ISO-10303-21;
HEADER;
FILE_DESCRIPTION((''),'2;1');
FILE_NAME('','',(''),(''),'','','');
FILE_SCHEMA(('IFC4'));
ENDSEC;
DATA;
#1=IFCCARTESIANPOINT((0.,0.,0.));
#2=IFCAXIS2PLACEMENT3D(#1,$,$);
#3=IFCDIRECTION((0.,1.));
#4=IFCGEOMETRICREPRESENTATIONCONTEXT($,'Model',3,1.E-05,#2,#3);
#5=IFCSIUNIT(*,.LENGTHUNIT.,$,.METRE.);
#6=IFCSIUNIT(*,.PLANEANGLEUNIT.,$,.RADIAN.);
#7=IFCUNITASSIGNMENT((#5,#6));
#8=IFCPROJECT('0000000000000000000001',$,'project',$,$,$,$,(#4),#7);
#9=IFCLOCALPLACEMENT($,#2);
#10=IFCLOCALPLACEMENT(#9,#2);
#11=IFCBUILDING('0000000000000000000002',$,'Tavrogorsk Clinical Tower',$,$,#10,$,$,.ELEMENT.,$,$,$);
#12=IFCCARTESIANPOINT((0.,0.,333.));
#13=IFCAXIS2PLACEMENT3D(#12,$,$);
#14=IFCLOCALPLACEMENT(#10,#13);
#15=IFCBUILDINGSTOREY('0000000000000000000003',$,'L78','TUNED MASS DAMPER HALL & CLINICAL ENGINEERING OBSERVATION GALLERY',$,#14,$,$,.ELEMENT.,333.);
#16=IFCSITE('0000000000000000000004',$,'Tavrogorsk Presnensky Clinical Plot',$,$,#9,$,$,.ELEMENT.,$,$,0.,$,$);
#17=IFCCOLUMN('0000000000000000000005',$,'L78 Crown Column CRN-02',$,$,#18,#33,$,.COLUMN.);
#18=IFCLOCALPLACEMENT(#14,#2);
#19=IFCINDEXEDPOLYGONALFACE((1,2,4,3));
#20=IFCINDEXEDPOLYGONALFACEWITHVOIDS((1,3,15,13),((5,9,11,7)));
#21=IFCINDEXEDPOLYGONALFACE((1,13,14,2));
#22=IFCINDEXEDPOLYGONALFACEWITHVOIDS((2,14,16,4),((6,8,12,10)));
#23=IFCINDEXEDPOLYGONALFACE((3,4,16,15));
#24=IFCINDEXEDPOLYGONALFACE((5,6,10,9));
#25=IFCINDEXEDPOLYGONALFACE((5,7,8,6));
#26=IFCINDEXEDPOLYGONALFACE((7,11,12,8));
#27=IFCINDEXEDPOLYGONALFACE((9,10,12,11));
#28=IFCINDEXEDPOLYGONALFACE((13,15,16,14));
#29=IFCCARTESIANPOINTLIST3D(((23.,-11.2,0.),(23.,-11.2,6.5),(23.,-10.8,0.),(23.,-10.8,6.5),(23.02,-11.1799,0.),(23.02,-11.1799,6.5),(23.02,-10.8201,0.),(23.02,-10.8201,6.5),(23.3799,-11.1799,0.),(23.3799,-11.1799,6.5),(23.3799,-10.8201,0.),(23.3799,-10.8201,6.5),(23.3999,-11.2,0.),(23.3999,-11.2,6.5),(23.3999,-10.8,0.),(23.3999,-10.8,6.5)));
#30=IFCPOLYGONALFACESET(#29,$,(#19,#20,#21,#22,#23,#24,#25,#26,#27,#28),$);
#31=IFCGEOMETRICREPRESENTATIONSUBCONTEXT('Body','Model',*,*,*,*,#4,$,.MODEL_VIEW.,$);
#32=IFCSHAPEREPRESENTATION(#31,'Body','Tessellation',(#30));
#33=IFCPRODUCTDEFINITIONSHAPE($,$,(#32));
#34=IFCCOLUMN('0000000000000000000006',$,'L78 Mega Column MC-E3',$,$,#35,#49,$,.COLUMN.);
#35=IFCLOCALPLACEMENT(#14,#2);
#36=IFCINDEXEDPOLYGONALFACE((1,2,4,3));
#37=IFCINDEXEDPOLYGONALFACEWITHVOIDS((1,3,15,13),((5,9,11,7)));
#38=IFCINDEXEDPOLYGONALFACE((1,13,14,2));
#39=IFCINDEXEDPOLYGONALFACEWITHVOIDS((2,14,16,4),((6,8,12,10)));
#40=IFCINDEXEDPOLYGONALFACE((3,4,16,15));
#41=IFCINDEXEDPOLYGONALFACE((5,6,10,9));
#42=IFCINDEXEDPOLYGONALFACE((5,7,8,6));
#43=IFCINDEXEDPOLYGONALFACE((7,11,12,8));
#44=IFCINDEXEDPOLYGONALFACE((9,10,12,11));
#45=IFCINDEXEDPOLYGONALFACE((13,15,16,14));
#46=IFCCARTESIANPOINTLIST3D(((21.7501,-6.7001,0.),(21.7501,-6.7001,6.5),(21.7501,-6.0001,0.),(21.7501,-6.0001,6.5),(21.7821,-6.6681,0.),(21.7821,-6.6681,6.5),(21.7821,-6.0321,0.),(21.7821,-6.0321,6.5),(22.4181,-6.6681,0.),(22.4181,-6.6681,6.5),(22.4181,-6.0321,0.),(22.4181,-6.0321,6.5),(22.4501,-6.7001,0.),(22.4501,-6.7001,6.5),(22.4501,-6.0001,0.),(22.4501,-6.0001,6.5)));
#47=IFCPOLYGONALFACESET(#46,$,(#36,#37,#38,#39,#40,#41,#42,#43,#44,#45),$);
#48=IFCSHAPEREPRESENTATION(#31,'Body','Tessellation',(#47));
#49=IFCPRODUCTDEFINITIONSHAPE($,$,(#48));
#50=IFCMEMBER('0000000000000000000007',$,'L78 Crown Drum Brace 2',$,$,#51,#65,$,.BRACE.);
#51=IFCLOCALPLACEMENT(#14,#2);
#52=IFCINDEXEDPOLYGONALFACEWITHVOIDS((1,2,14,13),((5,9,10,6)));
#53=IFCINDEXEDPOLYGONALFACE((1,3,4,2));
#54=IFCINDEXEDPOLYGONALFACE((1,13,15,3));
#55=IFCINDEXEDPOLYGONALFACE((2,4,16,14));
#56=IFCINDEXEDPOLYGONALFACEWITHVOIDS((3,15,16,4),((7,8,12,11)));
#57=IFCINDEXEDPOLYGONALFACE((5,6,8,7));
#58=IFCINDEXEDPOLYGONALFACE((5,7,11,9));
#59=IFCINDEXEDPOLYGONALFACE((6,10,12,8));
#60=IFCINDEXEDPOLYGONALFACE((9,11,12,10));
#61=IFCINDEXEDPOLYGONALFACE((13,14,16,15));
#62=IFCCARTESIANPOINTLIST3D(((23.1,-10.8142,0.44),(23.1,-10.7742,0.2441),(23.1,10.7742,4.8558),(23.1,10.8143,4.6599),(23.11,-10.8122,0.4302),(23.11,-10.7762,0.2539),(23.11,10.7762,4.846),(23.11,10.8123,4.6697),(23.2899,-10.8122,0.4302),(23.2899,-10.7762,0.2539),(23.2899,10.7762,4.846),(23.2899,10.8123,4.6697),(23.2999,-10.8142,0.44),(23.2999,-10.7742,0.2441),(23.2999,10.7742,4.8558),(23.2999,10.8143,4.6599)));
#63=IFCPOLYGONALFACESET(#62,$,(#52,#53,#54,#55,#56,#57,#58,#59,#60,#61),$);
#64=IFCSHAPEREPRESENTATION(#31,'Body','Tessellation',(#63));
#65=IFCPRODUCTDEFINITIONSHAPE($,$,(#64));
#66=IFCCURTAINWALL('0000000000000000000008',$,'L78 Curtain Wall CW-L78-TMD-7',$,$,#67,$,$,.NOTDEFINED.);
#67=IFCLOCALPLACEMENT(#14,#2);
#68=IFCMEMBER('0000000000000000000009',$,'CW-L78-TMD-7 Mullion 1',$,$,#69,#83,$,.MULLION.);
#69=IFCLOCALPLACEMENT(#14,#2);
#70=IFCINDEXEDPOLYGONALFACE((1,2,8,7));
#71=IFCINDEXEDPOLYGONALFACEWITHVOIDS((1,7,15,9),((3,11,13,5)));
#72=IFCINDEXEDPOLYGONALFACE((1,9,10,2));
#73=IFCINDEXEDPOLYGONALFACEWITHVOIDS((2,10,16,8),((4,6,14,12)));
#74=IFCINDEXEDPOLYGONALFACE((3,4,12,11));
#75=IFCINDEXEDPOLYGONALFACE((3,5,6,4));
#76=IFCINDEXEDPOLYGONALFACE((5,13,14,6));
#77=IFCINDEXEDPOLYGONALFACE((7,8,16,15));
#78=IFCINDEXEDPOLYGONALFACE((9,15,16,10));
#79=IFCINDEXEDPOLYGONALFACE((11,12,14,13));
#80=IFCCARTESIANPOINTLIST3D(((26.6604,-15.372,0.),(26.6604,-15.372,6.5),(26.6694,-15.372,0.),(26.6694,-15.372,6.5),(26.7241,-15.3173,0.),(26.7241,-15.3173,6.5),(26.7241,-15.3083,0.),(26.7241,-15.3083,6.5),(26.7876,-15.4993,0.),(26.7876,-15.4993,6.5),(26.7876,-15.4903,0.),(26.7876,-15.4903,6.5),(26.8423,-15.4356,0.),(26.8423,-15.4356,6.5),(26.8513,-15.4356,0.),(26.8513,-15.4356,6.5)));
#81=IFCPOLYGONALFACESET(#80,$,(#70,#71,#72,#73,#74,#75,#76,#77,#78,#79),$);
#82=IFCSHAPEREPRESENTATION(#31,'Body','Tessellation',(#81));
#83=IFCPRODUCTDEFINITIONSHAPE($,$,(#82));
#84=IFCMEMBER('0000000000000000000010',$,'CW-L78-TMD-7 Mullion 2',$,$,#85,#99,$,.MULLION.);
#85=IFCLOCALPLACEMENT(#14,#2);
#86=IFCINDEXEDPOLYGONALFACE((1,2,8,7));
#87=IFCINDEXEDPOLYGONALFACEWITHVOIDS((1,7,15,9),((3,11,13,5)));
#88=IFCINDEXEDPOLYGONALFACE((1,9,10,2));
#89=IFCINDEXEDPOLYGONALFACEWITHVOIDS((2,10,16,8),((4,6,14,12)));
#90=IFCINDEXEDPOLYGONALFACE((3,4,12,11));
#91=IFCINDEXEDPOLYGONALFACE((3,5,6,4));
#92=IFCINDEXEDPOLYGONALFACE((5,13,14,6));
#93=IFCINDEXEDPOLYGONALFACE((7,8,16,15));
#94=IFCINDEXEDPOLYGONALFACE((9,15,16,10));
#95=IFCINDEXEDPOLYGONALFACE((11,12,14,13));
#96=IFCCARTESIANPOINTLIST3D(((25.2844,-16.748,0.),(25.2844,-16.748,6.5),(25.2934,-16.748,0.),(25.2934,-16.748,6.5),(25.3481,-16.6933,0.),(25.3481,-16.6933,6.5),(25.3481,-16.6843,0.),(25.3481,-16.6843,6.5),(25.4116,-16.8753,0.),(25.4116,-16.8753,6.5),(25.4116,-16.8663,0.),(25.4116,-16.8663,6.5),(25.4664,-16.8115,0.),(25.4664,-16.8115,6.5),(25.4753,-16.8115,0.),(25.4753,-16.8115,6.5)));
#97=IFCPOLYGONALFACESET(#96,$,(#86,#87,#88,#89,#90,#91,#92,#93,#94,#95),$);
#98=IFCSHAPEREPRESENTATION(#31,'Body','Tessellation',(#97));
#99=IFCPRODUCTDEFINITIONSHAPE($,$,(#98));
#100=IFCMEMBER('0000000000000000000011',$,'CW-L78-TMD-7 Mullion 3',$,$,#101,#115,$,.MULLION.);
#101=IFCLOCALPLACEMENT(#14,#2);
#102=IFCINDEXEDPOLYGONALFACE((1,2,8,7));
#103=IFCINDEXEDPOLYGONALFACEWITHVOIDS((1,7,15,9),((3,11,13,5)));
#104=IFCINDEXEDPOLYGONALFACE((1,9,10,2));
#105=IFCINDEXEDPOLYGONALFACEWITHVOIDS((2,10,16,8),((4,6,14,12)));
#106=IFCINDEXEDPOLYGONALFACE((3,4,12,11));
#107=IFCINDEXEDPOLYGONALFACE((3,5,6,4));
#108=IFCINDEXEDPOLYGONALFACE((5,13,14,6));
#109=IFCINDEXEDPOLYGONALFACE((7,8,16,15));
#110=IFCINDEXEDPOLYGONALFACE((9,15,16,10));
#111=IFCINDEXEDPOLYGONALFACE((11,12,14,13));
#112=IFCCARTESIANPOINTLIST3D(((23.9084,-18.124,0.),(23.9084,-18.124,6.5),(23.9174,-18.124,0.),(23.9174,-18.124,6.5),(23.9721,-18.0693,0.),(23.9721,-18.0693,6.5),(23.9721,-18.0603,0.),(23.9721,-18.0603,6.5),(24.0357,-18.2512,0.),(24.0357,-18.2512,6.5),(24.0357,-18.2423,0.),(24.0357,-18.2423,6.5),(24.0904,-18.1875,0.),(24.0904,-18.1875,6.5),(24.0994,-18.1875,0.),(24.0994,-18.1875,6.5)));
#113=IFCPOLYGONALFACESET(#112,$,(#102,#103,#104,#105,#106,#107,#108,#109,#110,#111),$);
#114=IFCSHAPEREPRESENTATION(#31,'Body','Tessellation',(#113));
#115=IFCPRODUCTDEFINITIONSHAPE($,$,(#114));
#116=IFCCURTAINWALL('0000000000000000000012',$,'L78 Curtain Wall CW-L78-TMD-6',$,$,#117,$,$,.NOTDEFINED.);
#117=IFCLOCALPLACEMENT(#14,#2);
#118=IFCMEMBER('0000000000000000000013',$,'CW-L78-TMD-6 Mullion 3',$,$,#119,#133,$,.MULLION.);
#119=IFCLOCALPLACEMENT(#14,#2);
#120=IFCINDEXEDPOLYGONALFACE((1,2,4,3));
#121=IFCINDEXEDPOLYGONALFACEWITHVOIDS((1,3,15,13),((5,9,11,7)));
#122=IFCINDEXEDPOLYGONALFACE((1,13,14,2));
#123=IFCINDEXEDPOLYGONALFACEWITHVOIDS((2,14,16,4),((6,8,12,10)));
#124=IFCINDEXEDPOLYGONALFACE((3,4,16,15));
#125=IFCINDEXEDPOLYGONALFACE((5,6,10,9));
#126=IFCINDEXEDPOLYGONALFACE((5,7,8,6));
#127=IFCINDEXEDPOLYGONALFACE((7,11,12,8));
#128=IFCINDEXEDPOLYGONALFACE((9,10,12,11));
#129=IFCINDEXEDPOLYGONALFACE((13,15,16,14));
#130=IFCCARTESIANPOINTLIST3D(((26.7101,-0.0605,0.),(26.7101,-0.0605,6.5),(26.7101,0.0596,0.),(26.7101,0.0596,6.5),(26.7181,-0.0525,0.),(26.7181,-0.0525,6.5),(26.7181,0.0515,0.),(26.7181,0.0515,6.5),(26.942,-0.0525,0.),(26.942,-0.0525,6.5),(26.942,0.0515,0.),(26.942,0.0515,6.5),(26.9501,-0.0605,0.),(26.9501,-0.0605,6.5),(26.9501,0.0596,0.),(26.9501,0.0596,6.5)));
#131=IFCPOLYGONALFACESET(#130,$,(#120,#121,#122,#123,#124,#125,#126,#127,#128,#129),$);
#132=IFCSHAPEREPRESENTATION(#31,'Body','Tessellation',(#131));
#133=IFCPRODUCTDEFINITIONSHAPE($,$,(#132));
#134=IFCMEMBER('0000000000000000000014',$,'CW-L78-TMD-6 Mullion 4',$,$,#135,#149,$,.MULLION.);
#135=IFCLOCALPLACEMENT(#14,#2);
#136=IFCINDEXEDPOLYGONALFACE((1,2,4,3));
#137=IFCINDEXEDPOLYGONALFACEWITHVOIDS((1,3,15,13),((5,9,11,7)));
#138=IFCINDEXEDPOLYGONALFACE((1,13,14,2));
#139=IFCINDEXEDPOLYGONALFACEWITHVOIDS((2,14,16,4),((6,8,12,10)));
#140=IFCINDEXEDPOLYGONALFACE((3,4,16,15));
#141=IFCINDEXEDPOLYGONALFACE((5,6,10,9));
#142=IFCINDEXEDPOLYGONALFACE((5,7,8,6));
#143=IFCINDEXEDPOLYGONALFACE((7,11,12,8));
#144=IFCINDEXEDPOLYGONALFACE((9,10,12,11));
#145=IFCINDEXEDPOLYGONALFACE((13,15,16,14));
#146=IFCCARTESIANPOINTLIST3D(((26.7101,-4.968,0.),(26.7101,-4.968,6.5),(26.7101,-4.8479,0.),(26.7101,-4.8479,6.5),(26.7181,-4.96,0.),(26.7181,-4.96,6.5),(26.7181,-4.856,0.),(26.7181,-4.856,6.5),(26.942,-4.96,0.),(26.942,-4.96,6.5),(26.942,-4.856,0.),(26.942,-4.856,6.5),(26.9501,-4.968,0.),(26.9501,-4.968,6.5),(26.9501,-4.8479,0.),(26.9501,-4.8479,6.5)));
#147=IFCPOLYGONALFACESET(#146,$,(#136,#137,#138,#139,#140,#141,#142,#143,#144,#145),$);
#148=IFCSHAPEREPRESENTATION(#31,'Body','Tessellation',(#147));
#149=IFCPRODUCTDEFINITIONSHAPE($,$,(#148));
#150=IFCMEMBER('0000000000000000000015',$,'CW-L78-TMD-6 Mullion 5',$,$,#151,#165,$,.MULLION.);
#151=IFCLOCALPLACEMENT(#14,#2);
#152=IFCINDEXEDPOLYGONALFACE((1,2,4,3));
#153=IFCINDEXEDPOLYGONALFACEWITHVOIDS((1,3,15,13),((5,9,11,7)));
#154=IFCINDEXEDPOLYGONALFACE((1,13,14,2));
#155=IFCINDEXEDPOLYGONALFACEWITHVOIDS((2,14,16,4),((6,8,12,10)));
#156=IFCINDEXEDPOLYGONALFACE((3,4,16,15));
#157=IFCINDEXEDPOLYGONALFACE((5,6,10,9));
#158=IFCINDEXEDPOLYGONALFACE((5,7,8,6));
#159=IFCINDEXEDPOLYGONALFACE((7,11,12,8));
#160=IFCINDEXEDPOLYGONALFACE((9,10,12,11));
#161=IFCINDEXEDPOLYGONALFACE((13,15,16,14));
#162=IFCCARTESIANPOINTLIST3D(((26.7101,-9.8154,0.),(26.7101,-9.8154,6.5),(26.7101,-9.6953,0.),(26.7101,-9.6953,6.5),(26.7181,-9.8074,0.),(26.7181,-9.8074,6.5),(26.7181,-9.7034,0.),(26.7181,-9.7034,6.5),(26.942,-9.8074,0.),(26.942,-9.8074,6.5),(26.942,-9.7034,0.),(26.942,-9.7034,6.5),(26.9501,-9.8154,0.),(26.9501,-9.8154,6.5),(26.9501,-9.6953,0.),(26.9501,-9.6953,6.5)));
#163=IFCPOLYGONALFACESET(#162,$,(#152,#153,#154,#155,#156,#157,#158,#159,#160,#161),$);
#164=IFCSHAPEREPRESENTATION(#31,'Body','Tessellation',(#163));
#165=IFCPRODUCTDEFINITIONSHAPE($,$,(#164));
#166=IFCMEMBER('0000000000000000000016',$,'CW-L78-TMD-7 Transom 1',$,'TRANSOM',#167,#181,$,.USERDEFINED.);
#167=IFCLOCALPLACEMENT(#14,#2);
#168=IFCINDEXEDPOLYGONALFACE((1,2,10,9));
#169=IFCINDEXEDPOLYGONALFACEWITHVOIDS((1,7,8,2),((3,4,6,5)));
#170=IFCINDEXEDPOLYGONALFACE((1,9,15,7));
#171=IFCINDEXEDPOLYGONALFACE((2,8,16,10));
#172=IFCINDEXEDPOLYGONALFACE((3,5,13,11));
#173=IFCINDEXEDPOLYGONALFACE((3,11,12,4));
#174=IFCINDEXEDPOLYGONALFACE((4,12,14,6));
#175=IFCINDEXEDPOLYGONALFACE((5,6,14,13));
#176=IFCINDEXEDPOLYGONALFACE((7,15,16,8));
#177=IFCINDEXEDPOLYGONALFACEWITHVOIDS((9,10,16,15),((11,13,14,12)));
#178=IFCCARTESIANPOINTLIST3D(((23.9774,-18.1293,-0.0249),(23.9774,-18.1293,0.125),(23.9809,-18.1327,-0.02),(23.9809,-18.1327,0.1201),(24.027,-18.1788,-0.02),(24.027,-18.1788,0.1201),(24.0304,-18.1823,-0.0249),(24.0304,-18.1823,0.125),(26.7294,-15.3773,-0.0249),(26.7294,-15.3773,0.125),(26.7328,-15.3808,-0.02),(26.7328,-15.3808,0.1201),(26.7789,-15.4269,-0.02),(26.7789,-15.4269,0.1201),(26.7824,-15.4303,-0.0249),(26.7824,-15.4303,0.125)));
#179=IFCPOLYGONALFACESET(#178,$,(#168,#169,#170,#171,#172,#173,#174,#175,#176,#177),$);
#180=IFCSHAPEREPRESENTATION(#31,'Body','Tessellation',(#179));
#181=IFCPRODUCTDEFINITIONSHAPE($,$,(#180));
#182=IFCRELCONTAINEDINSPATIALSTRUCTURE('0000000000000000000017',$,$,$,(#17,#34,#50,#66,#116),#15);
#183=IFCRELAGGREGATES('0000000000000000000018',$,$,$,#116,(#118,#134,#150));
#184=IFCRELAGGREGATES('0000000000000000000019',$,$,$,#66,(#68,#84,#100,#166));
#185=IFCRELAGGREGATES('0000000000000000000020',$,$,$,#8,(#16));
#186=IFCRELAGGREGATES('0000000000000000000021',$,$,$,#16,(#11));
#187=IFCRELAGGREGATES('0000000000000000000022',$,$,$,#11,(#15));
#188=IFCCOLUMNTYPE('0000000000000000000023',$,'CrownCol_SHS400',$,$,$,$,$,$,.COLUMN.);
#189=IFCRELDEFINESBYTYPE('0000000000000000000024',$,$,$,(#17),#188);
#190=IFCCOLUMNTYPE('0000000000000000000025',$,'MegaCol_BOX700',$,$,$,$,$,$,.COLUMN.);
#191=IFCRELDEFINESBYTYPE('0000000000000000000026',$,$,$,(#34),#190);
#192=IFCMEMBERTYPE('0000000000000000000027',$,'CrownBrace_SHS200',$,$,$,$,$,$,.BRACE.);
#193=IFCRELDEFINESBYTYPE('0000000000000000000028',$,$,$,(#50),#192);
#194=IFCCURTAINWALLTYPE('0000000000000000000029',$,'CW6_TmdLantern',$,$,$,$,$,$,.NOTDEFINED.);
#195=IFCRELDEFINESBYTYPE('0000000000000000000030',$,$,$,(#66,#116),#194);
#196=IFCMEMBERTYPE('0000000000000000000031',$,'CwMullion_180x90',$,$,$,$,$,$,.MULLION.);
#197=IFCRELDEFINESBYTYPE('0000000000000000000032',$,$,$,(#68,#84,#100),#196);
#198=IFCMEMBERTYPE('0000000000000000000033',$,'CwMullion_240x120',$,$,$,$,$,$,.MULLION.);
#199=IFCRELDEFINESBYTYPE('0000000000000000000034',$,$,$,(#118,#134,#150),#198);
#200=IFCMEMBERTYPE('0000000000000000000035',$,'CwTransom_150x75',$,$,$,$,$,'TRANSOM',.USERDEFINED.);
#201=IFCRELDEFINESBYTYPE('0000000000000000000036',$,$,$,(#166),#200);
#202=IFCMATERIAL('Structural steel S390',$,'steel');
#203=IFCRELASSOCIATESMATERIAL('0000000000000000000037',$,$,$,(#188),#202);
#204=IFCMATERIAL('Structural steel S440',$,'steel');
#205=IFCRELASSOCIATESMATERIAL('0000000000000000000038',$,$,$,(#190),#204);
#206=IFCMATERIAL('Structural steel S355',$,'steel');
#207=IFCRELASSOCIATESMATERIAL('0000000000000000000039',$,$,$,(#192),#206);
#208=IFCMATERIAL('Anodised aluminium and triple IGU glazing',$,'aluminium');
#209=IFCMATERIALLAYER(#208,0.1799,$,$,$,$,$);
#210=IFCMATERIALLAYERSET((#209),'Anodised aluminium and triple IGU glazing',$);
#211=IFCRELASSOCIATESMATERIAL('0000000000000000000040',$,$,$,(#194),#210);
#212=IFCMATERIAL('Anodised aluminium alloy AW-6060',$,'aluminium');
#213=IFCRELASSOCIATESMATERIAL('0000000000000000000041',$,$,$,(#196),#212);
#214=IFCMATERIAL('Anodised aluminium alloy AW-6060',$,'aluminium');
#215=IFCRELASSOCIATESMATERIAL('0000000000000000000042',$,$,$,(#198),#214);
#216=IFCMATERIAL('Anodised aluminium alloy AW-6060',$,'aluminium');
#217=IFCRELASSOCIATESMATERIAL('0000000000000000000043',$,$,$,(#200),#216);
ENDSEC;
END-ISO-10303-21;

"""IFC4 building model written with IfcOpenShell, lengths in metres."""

from ifc_helpers import new_model, si_unit, direction, frame, origin, origin_2d, place, context, subcontext, project, spatial, hollow_rectangle, extrude, material, layer, layer_set, material_profile, profile_set, type_object, element, aggregate, save


model = new_model("IFC4")

# Units and contexts
model_context = context("Model", 3, precision=1e-05, world=origin(), true_north=direction((0.0, 1.0)))
body_context = subcontext(model_context, "Body", "Model", "MODEL_VIEW")
ifc_project = project(units=[si_unit("LENGTHUNIT", "METRE"), si_unit("PLANEANGLEUNIT", "RADIAN")], contexts=[model_context])

# Site, building, storey
site_placement = place(None, origin())
site = spatial("IfcSite", under=ifc_project, at=site_placement, Name="Tavrogorsk Presnensky Clinical Plot", CompositionType="ELEMENT", RefElevation=0.0)
building_placement = place(site_placement, origin())
building = spatial("IfcBuilding", under=site, at=building_placement, Name="Tavrogorsk Clinical Tower", CompositionType="ELEMENT")
storey_placement = place(building_placement, frame((0.0, 0.0, 333.0)))
storey = spatial("IfcBuildingStorey", under=building, at=storey_placement, Name="L78", Description="TUNED MASS DAMPER HALL & CLINICAL ENGINEERING OBSERVATION GALLERY", CompositionType="ELEMENT", Elevation=333.0)

# Columns
ifc_material_1 = material(Name="Structural steel S390", Category="steel")
ifc_material_profile_1 = material_profile(ifc_material_1, hollow_rectangle(XDim=0.3999, YDim=0.3999, WallThickness=0.02, at=origin_2d()), Name="SHS-400x400x20")
ifc_profile_set_1 = profile_set([ifc_material_profile_1], Name="Structural steel S390")
column_type_1 = type_object("IfcColumnType", Name="CrownCol_SHS400", PredefinedType="COLUMN", material=ifc_profile_set_1)
column_1_placement = place(storey_placement, frame((23.2, -11.0, 0.0), z_axis=(0.0, 0.0, 1.0), x_axis=(1.0, 0.0, 0.0)))
element("IfcColumn", 1, at=column_1_placement, inside=storey, type_object=column_type_1, Name="L78 Crown Column CRN-02", PredefinedType="COLUMN", context=body_context, shape_type="SweptSolid", body=[
    extrude(hollow_rectangle(XDim=0.3999, YDim=0.3999, WallThickness=0.02, at=origin_2d()), origin(), (0.0, 0.0, 1.0), 6.5),
])
ifc_material_2 = material(Name="Structural steel S440", Category="steel")
ifc_material_profile_2 = material_profile(ifc_material_2, hollow_rectangle(XDim=0.7, YDim=0.7, WallThickness=0.032, at=origin_2d()), Name="BOX-700x700x32")
ifc_profile_set_2 = profile_set([ifc_material_profile_2], Name="Structural steel S440")
column_type_2 = type_object("IfcColumnType", Name="MegaCol_BOX700", PredefinedType="COLUMN", material=ifc_profile_set_2)
column_2_placement = place(storey_placement, frame((22.1001, -6.3501, 0.0), z_axis=(0.0, 0.0, 1.0), x_axis=(1.0, 0.0, 0.0)))
element("IfcColumn", 2, at=column_2_placement, inside=storey, type_object=column_type_2, Name="L78 Mega Column MC-E3", PredefinedType="COLUMN", context=body_context, shape_type="SweptSolid", body=[
    extrude(hollow_rectangle(XDim=0.7, YDim=0.7, WallThickness=0.032, at=origin_2d()), origin(), (0.0, 0.0, 1.0), 6.5),
])

# Member
ifc_material_3 = material(Name="Structural steel S355", Category="steel")
ifc_material_profile_3 = material_profile(ifc_material_3, hollow_rectangle(XDim=0.2, YDim=0.2, WallThickness=0.01, at=origin_2d()), Name="SHS-200x200x10")
ifc_profile_set_3 = profile_set([ifc_material_profile_3], Name="Structural steel S355")
member_type_1 = type_object("IfcMemberType", Name="CrownBrace_SHS200", PredefinedType="BRACE", material=ifc_profile_set_3)
member_1_placement = place(storey_placement, frame((23.2, -10.7942, 0.342), z_axis=(0.0, 0.979715, 0.200395), x_axis=(-1.0, 0.0, 0.0)))
element("IfcMember", 3, at=member_1_placement, inside=storey, type_object=member_type_1, Name="L78 Crown Drum Brace 2", PredefinedType="BRACE", context=body_context, shape_type="SweptSolid", body=[
    extrude(hollow_rectangle(XDim=0.2, YDim=0.2, WallThickness=0.01, at=origin_2d()), origin(), (0.0, 0.0, 1.0), 22.0354),
])

# Curtain walls, members
ifc_material_4 = material(Name="Anodised aluminium and triple IGU glazing", Category="aluminium")
ifc_layer_1 = layer(ifc_material_4, 0.1799)
ifc_layer_set_1 = layer_set([ifc_layer_1], Name="Anodised aluminium and triple IGU glazing")
curtain_wall_type = type_object("IfcCurtainWallType", Name="CW6_TmdLantern", PredefinedType="NOTDEFINED", material=ifc_layer_set_1)
curtain_wall_1_placement = place(storey_placement, origin())
curtain_wall_1 = element("IfcCurtainWall", 4, at=curtain_wall_1_placement, inside=storey, type_object=curtain_wall_type, Name="L78 Curtain Wall CW-L78-TMD-7", PredefinedType="NOTDEFINED")
ifc_material_5 = material(Name="Anodised aluminium alloy AW-6060", Category="aluminium")
ifc_material_profile_4 = material_profile(ifc_material_5, hollow_rectangle(XDim=0.0901, YDim=0.1799, WallThickness=0.0063, at=origin_2d()), Name="RHS-180x90x6.3")
ifc_profile_set_4 = profile_set([ifc_material_profile_4], Name="Anodised aluminium alloy AW-6060")
member_type_2 = type_object("IfcMemberType", Name="CwMullion_180x90", PredefinedType="MULLION", material=ifc_profile_set_4)
member_2_placement = place(storey_placement, frame((26.7559, -15.4038, 0.0), z_axis=(0.0, 0.0, 1.0), x_axis=(-0.707107, -0.707107, 0.0)))
member_2 = element("IfcMember", 5, at=member_2_placement, type_object=member_type_2, Name="CW-L78-TMD-7 Mullion 1", PredefinedType="MULLION", context=body_context, shape_type="SweptSolid", body=[
    extrude(hollow_rectangle(XDim=0.0901, YDim=0.1799, WallThickness=0.0063, at=origin_2d()), origin(), (0.0, 0.0, 1.0), 6.5),
])
member_3_placement = place(storey_placement, frame((25.3799, -16.7798, 0.0), z_axis=(0.0, 0.0, 1.0), x_axis=(-0.707107, -0.707107, 0.0)))
member_3 = element("IfcMember", 6, at=member_3_placement, type_object=member_type_2, Name="CW-L78-TMD-7 Mullion 2", PredefinedType="MULLION", context=body_context, shape_type="SweptSolid", body=[
    extrude(hollow_rectangle(XDim=0.0901, YDim=0.1799, WallThickness=0.0063, at=origin_2d()), origin(), (0.0, 0.0, 1.0), 6.5),
])
member_4_placement = place(storey_placement, frame((24.0039, -18.1558, 0.0), z_axis=(0.0, 0.0, 1.0), x_axis=(-0.707107, -0.707107, 0.0)))
member_4 = element("IfcMember", 7, at=member_4_placement, type_object=member_type_2, Name="CW-L78-TMD-7 Mullion 3", PredefinedType="MULLION", context=body_context, shape_type="SweptSolid", body=[
    extrude(hollow_rectangle(XDim=0.0901, YDim=0.1799, WallThickness=0.0063, at=origin_2d()), origin(), (0.0, 0.0, 1.0), 6.5),
])
curtain_wall_2_placement = place(storey_placement, origin())
curtain_wall_2 = element("IfcCurtainWall", 8, at=curtain_wall_2_placement, inside=storey, type_object=curtain_wall_type, Name="L78 Curtain Wall CW-L78-TMD-6", PredefinedType="NOTDEFINED")
ifc_material_6 = material(Name="Anodised aluminium alloy AW-6060", Category="aluminium")
ifc_material_profile_5 = material_profile(ifc_material_6, hollow_rectangle(XDim=0.1201, YDim=0.24, WallThickness=0.0081, at=origin_2d()), Name="RHS-240x120x8")
ifc_profile_set_5 = profile_set([ifc_material_profile_5], Name="Anodised aluminium alloy AW-6060")
member_type_3 = type_object("IfcMemberType", Name="CwMullion_240x120", PredefinedType="MULLION", material=ifc_profile_set_5)
member_5_placement = place(storey_placement, frame((26.8301, -0.0005, 0.0), z_axis=(0.0, 0.0, 1.0), x_axis=(0.0, -1.0, 0.0)))
member_5 = element("IfcMember", 9, at=member_5_placement, type_object=member_type_3, Name="CW-L78-TMD-6 Mullion 3", PredefinedType="MULLION", context=body_context, shape_type="SweptSolid", body=[
    extrude(hollow_rectangle(XDim=0.1201, YDim=0.24, WallThickness=0.0081, at=origin_2d()), origin(), (0.0, 0.0, 1.0), 6.5),
])
member_6_placement = place(storey_placement, frame((26.8301, -4.908, 0.0), z_axis=(0.0, 0.0, 1.0), x_axis=(0.0, -1.0, 0.0)))
member_6 = element("IfcMember", 10, at=member_6_placement, type_object=member_type_3, Name="CW-L78-TMD-6 Mullion 4", PredefinedType="MULLION", context=body_context, shape_type="SweptSolid", body=[
    extrude(hollow_rectangle(XDim=0.1201, YDim=0.24, WallThickness=0.0081, at=origin_2d()), origin(), (0.0, 0.0, 1.0), 6.5),
])
member_7_placement = place(storey_placement, frame((26.8301, -9.7554, 0.0), z_axis=(0.0, 0.0, 1.0), x_axis=(0.0, -1.0, 0.0)))
member_7 = element("IfcMember", 11, at=member_7_placement, type_object=member_type_3, Name="CW-L78-TMD-6 Mullion 5", PredefinedType="MULLION", context=body_context, shape_type="SweptSolid", body=[
    extrude(hollow_rectangle(XDim=0.1201, YDim=0.24, WallThickness=0.0081, at=origin_2d()), origin(), (0.0, 0.0, 1.0), 6.5),
])

# Member
ifc_material_7 = material(Name="Anodised aluminium alloy AW-6060", Category="aluminium")
ifc_material_profile_6 = material_profile(ifc_material_7, hollow_rectangle(XDim=0.075, YDim=0.1499, WallThickness=0.0049, at=origin_2d()), Name="RHS-150x75x5")
ifc_profile_set_6 = profile_set([ifc_material_profile_6], Name="Anodised aluminium alloy AW-6060")
member_type_4 = type_object("IfcMemberType", Name="CwTransom_150x75", ElementType="TRANSOM", PredefinedType="USERDEFINED", material=ifc_profile_set_6)
member_8_placement = place(storey_placement, frame((26.7559, -15.4038, 0.05), z_axis=(-0.707107, -0.707107, 0.0), x_axis=(0.707107, -0.707107, 0.0)))
member_8 = element("IfcMember", 12, at=member_8_placement, type_object=member_type_4, Name="CW-L78-TMD-7 Transom 1", ObjectType="TRANSOM", PredefinedType="USERDEFINED", context=body_context, shape_type="SweptSolid", body=[
    extrude(hollow_rectangle(XDim=0.075, YDim=0.1499, WallThickness=0.0049, at=origin_2d()), origin(), (0.0, 0.0, 1.0), 3.8918),
])

aggregate(curtain_wall_2, [member_5, member_6, member_7])
aggregate(curtain_wall_1, [member_2, member_3, member_4, member_8])

save(model, "model.ifc")
